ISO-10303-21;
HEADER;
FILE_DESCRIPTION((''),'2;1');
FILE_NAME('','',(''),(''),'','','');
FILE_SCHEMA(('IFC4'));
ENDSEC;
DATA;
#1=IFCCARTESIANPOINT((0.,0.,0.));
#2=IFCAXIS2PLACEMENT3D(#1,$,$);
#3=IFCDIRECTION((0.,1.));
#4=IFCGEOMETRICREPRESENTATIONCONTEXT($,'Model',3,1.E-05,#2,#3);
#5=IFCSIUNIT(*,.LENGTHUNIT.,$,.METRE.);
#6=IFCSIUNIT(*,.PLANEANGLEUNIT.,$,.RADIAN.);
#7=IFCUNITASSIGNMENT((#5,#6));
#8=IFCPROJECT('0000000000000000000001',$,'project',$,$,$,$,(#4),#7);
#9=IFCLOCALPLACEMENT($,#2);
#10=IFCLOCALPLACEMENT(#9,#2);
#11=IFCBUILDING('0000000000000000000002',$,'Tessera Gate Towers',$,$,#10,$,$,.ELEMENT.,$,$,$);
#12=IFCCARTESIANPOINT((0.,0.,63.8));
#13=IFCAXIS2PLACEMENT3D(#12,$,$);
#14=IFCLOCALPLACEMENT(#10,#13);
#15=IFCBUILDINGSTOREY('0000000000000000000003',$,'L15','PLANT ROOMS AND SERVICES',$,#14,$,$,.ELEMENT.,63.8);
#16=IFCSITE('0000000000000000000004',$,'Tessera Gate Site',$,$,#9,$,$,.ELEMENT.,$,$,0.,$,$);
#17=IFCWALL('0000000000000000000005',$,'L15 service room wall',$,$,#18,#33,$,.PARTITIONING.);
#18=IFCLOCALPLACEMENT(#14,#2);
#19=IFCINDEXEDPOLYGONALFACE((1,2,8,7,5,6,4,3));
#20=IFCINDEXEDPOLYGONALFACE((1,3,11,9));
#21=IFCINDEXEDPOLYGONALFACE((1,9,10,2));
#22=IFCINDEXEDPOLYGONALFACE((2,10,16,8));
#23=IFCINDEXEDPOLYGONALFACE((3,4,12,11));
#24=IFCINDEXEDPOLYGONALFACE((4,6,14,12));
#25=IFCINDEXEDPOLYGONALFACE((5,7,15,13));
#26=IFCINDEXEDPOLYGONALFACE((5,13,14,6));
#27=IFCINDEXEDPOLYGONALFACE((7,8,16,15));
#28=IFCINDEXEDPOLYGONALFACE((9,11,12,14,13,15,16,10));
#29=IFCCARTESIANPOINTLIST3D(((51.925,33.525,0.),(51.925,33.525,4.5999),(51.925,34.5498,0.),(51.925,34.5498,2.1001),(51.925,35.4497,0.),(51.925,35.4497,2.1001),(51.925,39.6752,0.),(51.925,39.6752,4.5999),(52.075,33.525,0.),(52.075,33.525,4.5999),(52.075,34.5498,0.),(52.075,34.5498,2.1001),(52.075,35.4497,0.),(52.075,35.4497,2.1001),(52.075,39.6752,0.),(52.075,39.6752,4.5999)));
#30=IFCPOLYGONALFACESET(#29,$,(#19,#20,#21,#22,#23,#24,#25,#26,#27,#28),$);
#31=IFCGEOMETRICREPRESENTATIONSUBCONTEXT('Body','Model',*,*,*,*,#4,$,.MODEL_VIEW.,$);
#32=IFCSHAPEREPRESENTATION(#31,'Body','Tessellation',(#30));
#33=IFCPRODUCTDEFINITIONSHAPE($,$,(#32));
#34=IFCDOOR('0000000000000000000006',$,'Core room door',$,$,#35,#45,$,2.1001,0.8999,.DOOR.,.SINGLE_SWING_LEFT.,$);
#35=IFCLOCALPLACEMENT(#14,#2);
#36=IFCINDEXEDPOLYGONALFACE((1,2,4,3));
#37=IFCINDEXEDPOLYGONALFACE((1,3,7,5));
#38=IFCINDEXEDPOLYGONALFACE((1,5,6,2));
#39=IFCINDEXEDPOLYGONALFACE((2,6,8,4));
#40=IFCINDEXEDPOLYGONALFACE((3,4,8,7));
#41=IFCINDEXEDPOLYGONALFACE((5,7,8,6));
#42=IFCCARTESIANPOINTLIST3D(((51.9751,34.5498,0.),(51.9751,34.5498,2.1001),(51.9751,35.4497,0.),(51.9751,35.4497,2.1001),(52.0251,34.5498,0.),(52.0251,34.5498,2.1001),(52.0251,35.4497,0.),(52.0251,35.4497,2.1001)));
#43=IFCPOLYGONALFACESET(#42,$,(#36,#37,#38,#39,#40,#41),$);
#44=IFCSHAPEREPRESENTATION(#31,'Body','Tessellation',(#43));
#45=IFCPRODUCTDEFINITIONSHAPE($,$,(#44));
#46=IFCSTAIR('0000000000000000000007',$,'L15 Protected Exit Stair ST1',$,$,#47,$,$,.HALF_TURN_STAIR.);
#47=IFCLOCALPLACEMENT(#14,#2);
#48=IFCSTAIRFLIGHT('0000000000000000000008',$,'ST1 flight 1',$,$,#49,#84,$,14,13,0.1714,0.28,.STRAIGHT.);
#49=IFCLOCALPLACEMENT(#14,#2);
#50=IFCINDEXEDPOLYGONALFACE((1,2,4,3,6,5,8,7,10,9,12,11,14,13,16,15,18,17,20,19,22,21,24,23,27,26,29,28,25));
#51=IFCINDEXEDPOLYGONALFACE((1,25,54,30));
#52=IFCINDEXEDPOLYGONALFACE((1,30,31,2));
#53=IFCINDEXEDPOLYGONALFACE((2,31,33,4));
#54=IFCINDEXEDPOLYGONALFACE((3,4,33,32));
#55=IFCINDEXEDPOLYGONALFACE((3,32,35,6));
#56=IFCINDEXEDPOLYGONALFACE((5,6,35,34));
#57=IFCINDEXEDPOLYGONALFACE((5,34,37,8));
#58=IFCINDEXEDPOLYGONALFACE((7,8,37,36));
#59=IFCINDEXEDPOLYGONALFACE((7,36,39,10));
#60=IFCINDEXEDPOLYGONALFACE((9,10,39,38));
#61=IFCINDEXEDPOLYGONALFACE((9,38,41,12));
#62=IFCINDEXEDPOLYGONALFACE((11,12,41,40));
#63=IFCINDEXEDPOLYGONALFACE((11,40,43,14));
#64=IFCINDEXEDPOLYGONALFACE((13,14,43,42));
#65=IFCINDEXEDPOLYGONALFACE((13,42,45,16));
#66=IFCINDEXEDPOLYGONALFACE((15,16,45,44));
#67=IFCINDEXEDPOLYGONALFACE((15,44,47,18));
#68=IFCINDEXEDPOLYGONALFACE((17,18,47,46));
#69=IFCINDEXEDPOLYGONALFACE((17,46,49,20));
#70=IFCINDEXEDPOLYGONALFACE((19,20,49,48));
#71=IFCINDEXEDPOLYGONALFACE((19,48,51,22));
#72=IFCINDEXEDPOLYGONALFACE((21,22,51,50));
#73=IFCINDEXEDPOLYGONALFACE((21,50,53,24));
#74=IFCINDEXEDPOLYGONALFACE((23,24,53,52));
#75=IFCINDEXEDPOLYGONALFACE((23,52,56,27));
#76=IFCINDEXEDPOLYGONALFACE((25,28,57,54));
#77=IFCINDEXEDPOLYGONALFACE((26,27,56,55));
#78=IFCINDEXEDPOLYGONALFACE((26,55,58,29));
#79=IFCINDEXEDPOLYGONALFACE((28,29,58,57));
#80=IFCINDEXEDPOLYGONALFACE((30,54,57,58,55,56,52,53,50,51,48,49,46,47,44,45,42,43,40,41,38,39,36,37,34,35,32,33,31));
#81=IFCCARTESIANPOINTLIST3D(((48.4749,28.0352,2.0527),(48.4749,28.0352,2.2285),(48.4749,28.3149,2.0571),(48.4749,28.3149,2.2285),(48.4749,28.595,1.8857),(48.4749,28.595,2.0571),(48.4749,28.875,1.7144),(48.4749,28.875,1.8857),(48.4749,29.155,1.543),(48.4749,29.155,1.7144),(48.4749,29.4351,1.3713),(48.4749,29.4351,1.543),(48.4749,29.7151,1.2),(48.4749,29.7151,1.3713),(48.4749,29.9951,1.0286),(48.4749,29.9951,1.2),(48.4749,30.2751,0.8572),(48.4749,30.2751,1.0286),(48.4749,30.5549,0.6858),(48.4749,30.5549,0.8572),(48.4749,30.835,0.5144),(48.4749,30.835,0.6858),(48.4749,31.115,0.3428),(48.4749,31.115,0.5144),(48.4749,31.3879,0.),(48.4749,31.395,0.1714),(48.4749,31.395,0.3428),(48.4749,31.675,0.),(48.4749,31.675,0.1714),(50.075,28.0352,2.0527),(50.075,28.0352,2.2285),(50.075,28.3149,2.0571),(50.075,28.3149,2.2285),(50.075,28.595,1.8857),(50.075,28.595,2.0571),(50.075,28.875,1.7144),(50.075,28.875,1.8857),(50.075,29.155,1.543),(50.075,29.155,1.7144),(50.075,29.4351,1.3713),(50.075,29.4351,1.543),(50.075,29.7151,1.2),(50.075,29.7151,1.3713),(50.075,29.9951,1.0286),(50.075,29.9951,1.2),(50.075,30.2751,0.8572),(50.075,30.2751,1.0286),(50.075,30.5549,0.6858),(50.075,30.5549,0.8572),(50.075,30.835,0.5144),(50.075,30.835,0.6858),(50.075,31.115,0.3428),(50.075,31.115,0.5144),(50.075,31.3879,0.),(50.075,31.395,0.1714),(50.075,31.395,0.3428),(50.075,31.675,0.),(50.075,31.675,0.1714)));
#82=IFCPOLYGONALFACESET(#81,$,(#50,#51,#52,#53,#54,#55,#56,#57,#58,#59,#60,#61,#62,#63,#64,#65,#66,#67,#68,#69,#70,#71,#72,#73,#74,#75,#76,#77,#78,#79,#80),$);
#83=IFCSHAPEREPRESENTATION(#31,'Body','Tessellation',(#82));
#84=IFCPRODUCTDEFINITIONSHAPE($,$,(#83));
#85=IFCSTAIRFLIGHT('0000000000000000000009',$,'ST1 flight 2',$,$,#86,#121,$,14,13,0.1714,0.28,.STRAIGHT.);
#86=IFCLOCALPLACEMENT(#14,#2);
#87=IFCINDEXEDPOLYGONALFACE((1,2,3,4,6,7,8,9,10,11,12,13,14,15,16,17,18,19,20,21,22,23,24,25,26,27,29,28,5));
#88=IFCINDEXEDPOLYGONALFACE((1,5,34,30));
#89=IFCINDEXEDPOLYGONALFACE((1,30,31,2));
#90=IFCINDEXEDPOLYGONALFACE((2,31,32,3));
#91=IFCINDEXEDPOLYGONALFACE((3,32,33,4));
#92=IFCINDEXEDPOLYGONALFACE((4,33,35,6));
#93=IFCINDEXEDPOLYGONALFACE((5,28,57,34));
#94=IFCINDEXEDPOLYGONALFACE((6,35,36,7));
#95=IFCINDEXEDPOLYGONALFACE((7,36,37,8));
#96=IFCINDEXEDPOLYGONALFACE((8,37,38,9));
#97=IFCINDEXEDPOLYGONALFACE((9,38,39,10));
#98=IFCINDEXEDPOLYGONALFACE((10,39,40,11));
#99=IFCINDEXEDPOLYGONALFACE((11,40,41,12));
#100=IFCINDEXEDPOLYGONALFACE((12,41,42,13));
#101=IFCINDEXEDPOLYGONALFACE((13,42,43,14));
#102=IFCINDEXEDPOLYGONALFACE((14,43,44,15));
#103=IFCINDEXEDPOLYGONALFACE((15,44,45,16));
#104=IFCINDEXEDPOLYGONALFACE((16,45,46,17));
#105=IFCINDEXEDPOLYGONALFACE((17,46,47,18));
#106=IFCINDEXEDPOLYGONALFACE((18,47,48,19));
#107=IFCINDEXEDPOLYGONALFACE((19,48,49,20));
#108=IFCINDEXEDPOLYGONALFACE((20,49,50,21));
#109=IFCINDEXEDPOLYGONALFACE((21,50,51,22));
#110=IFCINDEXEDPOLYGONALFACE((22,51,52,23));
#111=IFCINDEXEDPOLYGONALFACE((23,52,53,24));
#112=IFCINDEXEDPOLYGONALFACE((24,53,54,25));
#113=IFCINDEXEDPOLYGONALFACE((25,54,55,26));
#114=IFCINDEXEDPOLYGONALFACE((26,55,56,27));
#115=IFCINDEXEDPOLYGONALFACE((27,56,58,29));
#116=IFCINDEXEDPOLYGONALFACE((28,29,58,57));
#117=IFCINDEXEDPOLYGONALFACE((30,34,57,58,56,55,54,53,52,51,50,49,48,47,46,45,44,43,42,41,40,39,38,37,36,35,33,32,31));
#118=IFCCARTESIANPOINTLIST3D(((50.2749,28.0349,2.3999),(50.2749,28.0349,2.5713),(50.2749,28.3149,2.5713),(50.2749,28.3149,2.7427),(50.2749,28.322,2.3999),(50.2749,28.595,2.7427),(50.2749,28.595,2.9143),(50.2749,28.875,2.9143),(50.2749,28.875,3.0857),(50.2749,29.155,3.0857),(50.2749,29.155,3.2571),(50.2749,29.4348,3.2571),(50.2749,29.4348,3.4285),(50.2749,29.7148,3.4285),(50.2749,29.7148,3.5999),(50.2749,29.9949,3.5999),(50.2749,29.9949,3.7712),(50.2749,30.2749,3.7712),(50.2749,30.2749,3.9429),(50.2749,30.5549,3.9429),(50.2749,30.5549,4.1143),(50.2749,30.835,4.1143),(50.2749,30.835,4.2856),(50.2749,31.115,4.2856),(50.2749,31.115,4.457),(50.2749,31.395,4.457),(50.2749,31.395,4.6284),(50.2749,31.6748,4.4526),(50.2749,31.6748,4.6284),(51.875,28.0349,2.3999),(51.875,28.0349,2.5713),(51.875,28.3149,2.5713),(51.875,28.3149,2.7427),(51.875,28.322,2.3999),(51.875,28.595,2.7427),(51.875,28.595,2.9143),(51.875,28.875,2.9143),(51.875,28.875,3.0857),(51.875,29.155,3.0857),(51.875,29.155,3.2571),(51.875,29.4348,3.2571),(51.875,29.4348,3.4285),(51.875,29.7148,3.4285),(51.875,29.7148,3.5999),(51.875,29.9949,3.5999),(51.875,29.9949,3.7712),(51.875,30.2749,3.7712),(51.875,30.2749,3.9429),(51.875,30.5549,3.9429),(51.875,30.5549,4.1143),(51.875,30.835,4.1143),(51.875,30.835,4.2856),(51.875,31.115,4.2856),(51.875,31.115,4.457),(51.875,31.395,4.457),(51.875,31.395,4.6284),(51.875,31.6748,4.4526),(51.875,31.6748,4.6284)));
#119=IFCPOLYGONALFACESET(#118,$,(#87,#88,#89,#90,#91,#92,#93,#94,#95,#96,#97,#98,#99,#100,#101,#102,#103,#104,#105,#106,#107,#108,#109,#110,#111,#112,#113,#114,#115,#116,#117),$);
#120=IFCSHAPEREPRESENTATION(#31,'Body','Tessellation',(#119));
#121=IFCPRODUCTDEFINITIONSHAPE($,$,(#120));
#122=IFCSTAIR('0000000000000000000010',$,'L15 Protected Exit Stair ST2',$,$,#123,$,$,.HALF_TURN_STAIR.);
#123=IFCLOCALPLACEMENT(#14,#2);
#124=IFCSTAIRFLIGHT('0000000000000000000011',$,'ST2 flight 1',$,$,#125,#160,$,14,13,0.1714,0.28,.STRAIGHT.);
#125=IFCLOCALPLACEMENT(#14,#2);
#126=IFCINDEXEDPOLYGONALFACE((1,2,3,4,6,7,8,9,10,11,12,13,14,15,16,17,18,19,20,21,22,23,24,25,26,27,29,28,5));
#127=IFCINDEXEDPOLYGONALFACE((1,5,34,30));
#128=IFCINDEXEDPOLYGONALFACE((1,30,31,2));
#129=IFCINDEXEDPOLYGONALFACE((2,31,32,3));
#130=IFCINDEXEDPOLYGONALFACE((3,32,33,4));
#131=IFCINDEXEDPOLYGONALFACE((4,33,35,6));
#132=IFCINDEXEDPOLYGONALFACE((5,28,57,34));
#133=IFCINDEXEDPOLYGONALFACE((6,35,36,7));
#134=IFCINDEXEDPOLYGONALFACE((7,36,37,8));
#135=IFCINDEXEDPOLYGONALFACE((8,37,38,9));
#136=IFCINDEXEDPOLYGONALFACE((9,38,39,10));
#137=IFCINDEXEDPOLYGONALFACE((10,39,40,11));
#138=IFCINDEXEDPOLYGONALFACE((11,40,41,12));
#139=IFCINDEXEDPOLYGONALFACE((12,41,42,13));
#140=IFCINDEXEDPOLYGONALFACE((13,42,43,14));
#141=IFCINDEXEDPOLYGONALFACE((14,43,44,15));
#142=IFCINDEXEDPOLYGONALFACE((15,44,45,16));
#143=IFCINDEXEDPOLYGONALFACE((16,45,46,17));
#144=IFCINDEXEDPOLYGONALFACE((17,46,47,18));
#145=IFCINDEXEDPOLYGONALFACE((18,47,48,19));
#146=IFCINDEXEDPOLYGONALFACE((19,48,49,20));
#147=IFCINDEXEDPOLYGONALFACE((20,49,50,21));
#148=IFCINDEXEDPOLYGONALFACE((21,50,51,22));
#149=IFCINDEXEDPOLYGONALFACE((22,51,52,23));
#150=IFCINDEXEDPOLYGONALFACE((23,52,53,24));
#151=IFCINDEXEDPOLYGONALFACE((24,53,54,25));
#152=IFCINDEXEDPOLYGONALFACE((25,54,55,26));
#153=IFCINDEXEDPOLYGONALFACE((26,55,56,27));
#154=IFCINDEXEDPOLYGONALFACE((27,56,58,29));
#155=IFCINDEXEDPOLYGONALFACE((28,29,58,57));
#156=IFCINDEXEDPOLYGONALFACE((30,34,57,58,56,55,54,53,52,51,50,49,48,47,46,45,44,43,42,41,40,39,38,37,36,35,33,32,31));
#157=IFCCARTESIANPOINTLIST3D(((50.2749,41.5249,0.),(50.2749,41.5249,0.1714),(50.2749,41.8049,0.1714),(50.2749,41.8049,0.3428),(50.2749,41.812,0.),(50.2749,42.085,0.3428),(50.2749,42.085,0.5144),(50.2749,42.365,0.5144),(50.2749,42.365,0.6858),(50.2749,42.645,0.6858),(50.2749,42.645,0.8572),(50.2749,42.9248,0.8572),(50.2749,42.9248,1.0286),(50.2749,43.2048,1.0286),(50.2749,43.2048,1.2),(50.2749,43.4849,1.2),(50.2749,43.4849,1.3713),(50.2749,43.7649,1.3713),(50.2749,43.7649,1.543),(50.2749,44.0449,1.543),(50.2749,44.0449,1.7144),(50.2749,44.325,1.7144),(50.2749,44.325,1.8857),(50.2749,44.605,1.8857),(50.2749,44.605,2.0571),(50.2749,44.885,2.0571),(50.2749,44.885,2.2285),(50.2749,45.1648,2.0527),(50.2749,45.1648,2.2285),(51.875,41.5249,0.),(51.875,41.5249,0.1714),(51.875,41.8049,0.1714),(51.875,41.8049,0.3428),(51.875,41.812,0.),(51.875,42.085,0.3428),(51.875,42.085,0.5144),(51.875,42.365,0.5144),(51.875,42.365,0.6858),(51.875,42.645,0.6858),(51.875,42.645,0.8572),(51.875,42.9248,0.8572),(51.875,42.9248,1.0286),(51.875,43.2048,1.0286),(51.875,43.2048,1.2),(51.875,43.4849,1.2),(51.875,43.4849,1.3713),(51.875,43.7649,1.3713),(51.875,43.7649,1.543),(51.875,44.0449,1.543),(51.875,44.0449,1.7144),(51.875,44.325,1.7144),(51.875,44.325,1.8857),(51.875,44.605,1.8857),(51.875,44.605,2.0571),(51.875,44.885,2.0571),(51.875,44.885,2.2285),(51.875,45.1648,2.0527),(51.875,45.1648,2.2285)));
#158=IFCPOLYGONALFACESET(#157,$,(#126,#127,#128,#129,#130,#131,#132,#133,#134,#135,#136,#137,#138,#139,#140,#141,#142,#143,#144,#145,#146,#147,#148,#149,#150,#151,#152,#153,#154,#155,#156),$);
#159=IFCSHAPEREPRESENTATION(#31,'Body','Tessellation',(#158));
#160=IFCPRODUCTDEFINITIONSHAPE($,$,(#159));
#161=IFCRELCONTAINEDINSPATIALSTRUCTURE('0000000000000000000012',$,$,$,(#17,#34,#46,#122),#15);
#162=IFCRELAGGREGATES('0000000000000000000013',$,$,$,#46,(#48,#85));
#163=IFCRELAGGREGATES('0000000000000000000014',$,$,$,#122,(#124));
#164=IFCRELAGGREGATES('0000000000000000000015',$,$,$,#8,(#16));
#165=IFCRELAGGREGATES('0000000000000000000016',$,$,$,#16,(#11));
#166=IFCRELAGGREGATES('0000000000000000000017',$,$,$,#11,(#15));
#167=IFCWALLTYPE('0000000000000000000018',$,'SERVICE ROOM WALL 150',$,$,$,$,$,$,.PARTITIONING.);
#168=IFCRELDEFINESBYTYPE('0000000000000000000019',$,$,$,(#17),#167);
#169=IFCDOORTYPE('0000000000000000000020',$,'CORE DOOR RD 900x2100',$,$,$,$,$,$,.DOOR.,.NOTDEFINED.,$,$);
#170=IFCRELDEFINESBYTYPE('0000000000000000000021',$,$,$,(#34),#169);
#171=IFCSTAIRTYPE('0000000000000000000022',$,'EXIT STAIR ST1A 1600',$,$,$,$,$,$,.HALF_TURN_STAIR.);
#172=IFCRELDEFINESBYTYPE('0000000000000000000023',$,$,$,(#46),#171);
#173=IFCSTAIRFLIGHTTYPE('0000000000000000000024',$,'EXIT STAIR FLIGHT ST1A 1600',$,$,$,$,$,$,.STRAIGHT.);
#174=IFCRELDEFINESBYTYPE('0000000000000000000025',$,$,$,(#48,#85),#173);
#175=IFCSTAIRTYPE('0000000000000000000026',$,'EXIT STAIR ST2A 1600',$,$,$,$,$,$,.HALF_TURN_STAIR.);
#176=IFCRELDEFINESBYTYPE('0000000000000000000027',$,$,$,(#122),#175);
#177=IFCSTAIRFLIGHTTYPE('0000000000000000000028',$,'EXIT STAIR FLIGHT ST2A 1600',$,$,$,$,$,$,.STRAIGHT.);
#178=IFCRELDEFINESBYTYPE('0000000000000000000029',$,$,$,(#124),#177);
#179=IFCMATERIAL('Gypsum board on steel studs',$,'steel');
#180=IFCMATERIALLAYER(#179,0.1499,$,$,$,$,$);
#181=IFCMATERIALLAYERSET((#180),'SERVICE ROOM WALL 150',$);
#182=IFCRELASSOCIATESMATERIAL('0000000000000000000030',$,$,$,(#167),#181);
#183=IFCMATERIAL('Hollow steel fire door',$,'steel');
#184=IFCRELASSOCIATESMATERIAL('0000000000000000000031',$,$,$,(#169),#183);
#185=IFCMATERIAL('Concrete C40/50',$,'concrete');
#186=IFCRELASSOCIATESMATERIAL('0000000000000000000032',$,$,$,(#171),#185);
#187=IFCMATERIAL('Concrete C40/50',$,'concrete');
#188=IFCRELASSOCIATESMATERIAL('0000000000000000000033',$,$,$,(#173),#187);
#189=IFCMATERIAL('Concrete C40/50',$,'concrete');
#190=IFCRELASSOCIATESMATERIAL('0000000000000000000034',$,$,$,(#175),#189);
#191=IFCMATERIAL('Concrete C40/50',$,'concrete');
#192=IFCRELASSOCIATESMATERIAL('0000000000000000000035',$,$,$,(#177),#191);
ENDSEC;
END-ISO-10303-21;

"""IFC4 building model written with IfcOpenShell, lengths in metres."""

from ifc_helpers import new_model, si_unit, direction, frame, frame_2d, origin, place, context, subcontext, project, spatial, polyline, rectangle, outline, extrude, source, transform, mapped, material, layer, layer_set, type_object, element, fill, aggregate, save


model = new_model("IFC4")

# Units and contexts
model_context = context("Model", 3, precision=1e-05, world=origin(), true_north=direction((0.0, 1.0)))
body_context = subcontext(model_context, "Body", "Model", "MODEL_VIEW")
ifc_project = project(units=[si_unit("LENGTHUNIT", "METRE"), si_unit("PLANEANGLEUNIT", "RADIAN")], contexts=[model_context])

# Site, building, storey
site_placement = place(None, origin())
site = spatial("IfcSite", under=ifc_project, at=site_placement, Name="Tessera Gate Site", CompositionType="ELEMENT", RefElevation=0.0)
building_placement = place(site_placement, origin())
building = spatial("IfcBuilding", under=site, at=building_placement, Name="Tessera Gate Towers", CompositionType="ELEMENT")
storey_placement = place(building_placement, frame((0.0, 0.0, 63.8)))
storey = spatial("IfcBuildingStorey", under=building, at=storey_placement, Name="L15", Description="PLANT ROOMS AND SERVICES", CompositionType="ELEMENT", Elevation=63.8)

# Wall, opening, door
ifc_material_1 = material(Name="Gypsum board on steel studs", Category="steel")
ifc_layer_1 = layer(ifc_material_1, 0.1499)
ifc_layer_set_1 = layer_set([ifc_layer_1], Name="SERVICE ROOM WALL 150")
wall_type_1 = type_object("IfcWallType", Name="SERVICE ROOM WALL 150", PredefinedType="PARTITIONING", material=ifc_layer_set_1)
wall_1_placement = place(storey_placement, frame((52.0, 33.5249, 0.0), z_axis=(0.0, 0.0, 1.0), x_axis=(0.0, 1.0, 0.0)))
wall_1 = element("IfcWall", 1, at=wall_1_placement, inside=storey, type_object=wall_type_1, Name="L15 service room wall", PredefinedType="PARTITIONING", context=body_context, shape_type="SweptSolid", body=[
    extrude(rectangle(XDim=6.1501, YDim=0.1499, at=frame_2d((3.0752, 0.0))), origin(), (0.0, 0.0, 1.0), 4.5999),
])
shared_shape_1 = source(origin(), body_context, "Body", "SweptSolid", [
    extrude(rectangle(XDim=0.8999, YDim=2.1001, at=frame_2d((0.45, 1.05))), frame((0.0, 0.085, 0.0), z_axis=(0.0, -1.0, 0.0), x_axis=(1.0, 0.0, 0.0)), (0.0, 0.0, 1.0), 0.1699),
])
opening_1_placement = place(wall_1_placement, frame((1.0249, 0.0, 0.0)))
opening_1 = element("IfcOpeningElement", 2, at=opening_1_placement, cuts=wall_1, PredefinedType="OPENING", context=body_context, shape_type="MappedRepresentation", body=[
    mapped(shared_shape_1, transform((0.0, 0.0, 0.0), scale=1.0)),
])
ifc_material_2 = material(Name="Hollow steel fire door", Category="steel")
door_type_1 = type_object("IfcDoorType", Name="CORE DOOR RD 900x2100", OperationType="NOTDEFINED", PredefinedType="DOOR", material=ifc_material_2)
shared_shape_2 = source(origin(), body_context, "Body", "SweptSolid", [
    extrude(rectangle(XDim=0.8999, YDim=2.1001, at=frame_2d((0.45, 1.05))), frame((0.0, 0.0249, 0.0), z_axis=(0.0, -1.0, 0.0), x_axis=(1.0, 0.0, 0.0)), (0.0, 0.0, 1.0), 0.05),
])
door_1_placement = place(opening_1_placement, origin())
door_1 = element("IfcDoor", 3, at=door_1_placement, inside=storey, type_object=door_type_1, Name="Core room door", OperationType="SINGLE_SWING_LEFT", OverallHeight=2.1001, OverallWidth=0.8999, PredefinedType="DOOR", context=body_context, shape_type="MappedRepresentation", body=[
    mapped(shared_shape_2, transform((0.0, 0.0, 0.0), scale=1.0)),
])
fill(opening_1, door_1)

# Stairs, stair flights
ifc_material_3 = material(Name="Concrete C40/50", Category="concrete")
stair_type_1 = type_object("IfcStairType", Name="EXIT STAIR ST1A 1600", PredefinedType="HALF_TURN_STAIR", material=ifc_material_3)
stair_1_placement = place(storey_placement, origin())
stair_1 = element("IfcStair", 4, at=stair_1_placement, inside=storey, type_object=stair_type_1, Name="L15 Protected Exit Stair ST1", PredefinedType="HALF_TURN_STAIR")
ifc_material_4 = material(Name="Concrete C40/50", Category="concrete")
stair_flight_type_1 = type_object("IfcStairFlightType", Name="EXIT STAIR FLIGHT ST1A 1600", PredefinedType="STRAIGHT", material=ifc_material_4)
stair_flight_1_placement = place(storey_placement, frame((49.2749, 31.675, 0.0), z_axis=(0.0, 0.0, 1.0), x_axis=(0.0, -1.0, 0.0)))
stair_flight_1 = element("IfcStairFlight", 5, at=stair_flight_1_placement, type_object=stair_flight_type_1, Name="ST1 flight 1", NumberOfRisers=14, NumberOfTreads=13, PredefinedType="STRAIGHT", RiserHeight=0.1714, TreadLength=0.28, context=body_context, shape_type="SweptSolid", body=[
    extrude(outline(polyline([(0.0, 0.0), (0.0, 0.1714), (0.28, 0.1714), (0.28, 0.3428), (0.5601, 0.3428), (0.5601, 0.5144), (0.8401, 0.5144), (0.8401, 0.6858), (1.1201, 0.6858), (1.1201, 0.8572), (1.3999, 0.8572), (1.3999, 1.0286), (1.6799, 1.0286), (1.6799, 1.2), (1.96, 1.2), (1.96, 1.3713), (2.24, 1.3713), (2.24, 1.543), (2.52, 1.543), (2.52, 1.7144), (2.8, 1.7144), (2.8, 1.8857), (3.0801, 1.8857), (3.0801, 2.0571), (3.3601, 2.0571), (3.3601, 2.2285), (3.6399, 2.2285), (3.6399, 2.3999), (3.6399, 2.0527), (0.2871, 0.0), (0.0, 0.0)])), frame((0.0, 0.8, 0.0), z_axis=(0.0, -1.0, 0.0), x_axis=(1.0, 0.0, 0.0)), (0.0, 0.0, 1.0), 1.6001),
])
stair_flight_2_placement = place(storey_placement, frame((51.075, 28.0349, 2.3999), z_axis=(0.0, 0.0, 1.0), x_axis=(0.0, 1.0, 0.0)))
stair_flight_2 = element("IfcStairFlight", 6, at=stair_flight_2_placement, type_object=stair_flight_type_1, Name="ST1 flight 2", NumberOfRisers=14, NumberOfTreads=13, PredefinedType="STRAIGHT", RiserHeight=0.1714, TreadLength=0.28, context=body_context, shape_type="SweptSolid", body=[
    extrude(outline(polyline([(0.0, 0.0), (0.0, 0.1714), (0.28, 0.1714), (0.28, 0.3428), (0.5601, 0.3428), (0.5601, 0.5144), (0.8401, 0.5144), (0.8401, 0.6858), (1.1201, 0.6858), (1.1201, 0.8572), (1.3999, 0.8572), (1.3999, 1.0286), (1.6799, 1.0286), (1.6799, 1.2), (1.96, 1.2), (1.96, 1.3713), (2.24, 1.3713), (2.24, 1.543), (2.52, 1.543), (2.52, 1.7144), (2.8, 1.7144), (2.8, 1.8857), (3.0801, 1.8857), (3.0801, 2.0571), (3.3601, 2.0571), (3.3601, 2.2285), (3.6399, 2.2285), (3.6399, 2.3999), (3.6399, 2.0527), (0.2871, 0.0), (0.0, 0.0)])), frame((0.0, 0.8, 0.0), z_axis=(0.0, -1.0, 0.0), x_axis=(1.0, 0.0, 0.0)), (0.0, 0.0, 1.0), 1.6001),
])
aggregate(stair_1, [stair_flight_1, stair_flight_2])
ifc_material_5 = material(Name="Concrete C40/50", Category="concrete")
stair_type_2 = type_object("IfcStairType", Name="EXIT STAIR ST2A 1600", PredefinedType="HALF_TURN_STAIR", material=ifc_material_5)
stair_2_placement = place(storey_placement, origin())
stair_2 = element("IfcStair", 7, at=stair_2_placement, inside=storey, type_object=stair_type_2, Name="L15 Protected Exit Stair ST2", PredefinedType="HALF_TURN_STAIR")
ifc_material_6 = material(Name="Concrete C40/50", Category="concrete")
stair_flight_type_2 = type_object("IfcStairFlightType", Name="EXIT STAIR FLIGHT ST2A 1600", PredefinedType="STRAIGHT", material=ifc_material_6)
stair_flight_3_placement = place(storey_placement, frame((51.075, 41.5249, 0.0), z_axis=(0.0, 0.0, 1.0), x_axis=(0.0, 1.0, 0.0)))
stair_flight_3 = element("IfcStairFlight", 8, at=stair_flight_3_placement, type_object=stair_flight_type_2, Name="ST2 flight 1", NumberOfRisers=14, NumberOfTreads=13, PredefinedType="STRAIGHT", RiserHeight=0.1714, TreadLength=0.28, context=body_context, shape_type="SweptSolid", body=[
    extrude(outline(polyline([(0.0, 0.0), (0.0, 0.1714), (0.28, 0.1714), (0.28, 0.3428), (0.5601, 0.3428), (0.5601, 0.5144), (0.8401, 0.5144), (0.8401, 0.6858), (1.1201, 0.6858), (1.1201, 0.8572), (1.3999, 0.8572), (1.3999, 1.0286), (1.6799, 1.0286), (1.6799, 1.2), (1.96, 1.2), (1.96, 1.3713), (2.24, 1.3713), (2.24, 1.543), (2.52, 1.543), (2.52, 1.7144), (2.8, 1.7144), (2.8, 1.8857), (3.0801, 1.8857), (3.0801, 2.0571), (3.3601, 2.0571), (3.3601, 2.2285), (3.6399, 2.2285), (3.6399, 2.3999), (3.6399, 2.0527), (0.2871, 0.0), (0.0, 0.0)])), frame((0.0, 0.8, 0.0), z_axis=(0.0, -1.0, 0.0), x_axis=(1.0, 0.0, 0.0)), (0.0, 0.0, 1.0), 1.6001),
])
aggregate(stair_2, [stair_flight_3])

save(model, "model.ifc")
